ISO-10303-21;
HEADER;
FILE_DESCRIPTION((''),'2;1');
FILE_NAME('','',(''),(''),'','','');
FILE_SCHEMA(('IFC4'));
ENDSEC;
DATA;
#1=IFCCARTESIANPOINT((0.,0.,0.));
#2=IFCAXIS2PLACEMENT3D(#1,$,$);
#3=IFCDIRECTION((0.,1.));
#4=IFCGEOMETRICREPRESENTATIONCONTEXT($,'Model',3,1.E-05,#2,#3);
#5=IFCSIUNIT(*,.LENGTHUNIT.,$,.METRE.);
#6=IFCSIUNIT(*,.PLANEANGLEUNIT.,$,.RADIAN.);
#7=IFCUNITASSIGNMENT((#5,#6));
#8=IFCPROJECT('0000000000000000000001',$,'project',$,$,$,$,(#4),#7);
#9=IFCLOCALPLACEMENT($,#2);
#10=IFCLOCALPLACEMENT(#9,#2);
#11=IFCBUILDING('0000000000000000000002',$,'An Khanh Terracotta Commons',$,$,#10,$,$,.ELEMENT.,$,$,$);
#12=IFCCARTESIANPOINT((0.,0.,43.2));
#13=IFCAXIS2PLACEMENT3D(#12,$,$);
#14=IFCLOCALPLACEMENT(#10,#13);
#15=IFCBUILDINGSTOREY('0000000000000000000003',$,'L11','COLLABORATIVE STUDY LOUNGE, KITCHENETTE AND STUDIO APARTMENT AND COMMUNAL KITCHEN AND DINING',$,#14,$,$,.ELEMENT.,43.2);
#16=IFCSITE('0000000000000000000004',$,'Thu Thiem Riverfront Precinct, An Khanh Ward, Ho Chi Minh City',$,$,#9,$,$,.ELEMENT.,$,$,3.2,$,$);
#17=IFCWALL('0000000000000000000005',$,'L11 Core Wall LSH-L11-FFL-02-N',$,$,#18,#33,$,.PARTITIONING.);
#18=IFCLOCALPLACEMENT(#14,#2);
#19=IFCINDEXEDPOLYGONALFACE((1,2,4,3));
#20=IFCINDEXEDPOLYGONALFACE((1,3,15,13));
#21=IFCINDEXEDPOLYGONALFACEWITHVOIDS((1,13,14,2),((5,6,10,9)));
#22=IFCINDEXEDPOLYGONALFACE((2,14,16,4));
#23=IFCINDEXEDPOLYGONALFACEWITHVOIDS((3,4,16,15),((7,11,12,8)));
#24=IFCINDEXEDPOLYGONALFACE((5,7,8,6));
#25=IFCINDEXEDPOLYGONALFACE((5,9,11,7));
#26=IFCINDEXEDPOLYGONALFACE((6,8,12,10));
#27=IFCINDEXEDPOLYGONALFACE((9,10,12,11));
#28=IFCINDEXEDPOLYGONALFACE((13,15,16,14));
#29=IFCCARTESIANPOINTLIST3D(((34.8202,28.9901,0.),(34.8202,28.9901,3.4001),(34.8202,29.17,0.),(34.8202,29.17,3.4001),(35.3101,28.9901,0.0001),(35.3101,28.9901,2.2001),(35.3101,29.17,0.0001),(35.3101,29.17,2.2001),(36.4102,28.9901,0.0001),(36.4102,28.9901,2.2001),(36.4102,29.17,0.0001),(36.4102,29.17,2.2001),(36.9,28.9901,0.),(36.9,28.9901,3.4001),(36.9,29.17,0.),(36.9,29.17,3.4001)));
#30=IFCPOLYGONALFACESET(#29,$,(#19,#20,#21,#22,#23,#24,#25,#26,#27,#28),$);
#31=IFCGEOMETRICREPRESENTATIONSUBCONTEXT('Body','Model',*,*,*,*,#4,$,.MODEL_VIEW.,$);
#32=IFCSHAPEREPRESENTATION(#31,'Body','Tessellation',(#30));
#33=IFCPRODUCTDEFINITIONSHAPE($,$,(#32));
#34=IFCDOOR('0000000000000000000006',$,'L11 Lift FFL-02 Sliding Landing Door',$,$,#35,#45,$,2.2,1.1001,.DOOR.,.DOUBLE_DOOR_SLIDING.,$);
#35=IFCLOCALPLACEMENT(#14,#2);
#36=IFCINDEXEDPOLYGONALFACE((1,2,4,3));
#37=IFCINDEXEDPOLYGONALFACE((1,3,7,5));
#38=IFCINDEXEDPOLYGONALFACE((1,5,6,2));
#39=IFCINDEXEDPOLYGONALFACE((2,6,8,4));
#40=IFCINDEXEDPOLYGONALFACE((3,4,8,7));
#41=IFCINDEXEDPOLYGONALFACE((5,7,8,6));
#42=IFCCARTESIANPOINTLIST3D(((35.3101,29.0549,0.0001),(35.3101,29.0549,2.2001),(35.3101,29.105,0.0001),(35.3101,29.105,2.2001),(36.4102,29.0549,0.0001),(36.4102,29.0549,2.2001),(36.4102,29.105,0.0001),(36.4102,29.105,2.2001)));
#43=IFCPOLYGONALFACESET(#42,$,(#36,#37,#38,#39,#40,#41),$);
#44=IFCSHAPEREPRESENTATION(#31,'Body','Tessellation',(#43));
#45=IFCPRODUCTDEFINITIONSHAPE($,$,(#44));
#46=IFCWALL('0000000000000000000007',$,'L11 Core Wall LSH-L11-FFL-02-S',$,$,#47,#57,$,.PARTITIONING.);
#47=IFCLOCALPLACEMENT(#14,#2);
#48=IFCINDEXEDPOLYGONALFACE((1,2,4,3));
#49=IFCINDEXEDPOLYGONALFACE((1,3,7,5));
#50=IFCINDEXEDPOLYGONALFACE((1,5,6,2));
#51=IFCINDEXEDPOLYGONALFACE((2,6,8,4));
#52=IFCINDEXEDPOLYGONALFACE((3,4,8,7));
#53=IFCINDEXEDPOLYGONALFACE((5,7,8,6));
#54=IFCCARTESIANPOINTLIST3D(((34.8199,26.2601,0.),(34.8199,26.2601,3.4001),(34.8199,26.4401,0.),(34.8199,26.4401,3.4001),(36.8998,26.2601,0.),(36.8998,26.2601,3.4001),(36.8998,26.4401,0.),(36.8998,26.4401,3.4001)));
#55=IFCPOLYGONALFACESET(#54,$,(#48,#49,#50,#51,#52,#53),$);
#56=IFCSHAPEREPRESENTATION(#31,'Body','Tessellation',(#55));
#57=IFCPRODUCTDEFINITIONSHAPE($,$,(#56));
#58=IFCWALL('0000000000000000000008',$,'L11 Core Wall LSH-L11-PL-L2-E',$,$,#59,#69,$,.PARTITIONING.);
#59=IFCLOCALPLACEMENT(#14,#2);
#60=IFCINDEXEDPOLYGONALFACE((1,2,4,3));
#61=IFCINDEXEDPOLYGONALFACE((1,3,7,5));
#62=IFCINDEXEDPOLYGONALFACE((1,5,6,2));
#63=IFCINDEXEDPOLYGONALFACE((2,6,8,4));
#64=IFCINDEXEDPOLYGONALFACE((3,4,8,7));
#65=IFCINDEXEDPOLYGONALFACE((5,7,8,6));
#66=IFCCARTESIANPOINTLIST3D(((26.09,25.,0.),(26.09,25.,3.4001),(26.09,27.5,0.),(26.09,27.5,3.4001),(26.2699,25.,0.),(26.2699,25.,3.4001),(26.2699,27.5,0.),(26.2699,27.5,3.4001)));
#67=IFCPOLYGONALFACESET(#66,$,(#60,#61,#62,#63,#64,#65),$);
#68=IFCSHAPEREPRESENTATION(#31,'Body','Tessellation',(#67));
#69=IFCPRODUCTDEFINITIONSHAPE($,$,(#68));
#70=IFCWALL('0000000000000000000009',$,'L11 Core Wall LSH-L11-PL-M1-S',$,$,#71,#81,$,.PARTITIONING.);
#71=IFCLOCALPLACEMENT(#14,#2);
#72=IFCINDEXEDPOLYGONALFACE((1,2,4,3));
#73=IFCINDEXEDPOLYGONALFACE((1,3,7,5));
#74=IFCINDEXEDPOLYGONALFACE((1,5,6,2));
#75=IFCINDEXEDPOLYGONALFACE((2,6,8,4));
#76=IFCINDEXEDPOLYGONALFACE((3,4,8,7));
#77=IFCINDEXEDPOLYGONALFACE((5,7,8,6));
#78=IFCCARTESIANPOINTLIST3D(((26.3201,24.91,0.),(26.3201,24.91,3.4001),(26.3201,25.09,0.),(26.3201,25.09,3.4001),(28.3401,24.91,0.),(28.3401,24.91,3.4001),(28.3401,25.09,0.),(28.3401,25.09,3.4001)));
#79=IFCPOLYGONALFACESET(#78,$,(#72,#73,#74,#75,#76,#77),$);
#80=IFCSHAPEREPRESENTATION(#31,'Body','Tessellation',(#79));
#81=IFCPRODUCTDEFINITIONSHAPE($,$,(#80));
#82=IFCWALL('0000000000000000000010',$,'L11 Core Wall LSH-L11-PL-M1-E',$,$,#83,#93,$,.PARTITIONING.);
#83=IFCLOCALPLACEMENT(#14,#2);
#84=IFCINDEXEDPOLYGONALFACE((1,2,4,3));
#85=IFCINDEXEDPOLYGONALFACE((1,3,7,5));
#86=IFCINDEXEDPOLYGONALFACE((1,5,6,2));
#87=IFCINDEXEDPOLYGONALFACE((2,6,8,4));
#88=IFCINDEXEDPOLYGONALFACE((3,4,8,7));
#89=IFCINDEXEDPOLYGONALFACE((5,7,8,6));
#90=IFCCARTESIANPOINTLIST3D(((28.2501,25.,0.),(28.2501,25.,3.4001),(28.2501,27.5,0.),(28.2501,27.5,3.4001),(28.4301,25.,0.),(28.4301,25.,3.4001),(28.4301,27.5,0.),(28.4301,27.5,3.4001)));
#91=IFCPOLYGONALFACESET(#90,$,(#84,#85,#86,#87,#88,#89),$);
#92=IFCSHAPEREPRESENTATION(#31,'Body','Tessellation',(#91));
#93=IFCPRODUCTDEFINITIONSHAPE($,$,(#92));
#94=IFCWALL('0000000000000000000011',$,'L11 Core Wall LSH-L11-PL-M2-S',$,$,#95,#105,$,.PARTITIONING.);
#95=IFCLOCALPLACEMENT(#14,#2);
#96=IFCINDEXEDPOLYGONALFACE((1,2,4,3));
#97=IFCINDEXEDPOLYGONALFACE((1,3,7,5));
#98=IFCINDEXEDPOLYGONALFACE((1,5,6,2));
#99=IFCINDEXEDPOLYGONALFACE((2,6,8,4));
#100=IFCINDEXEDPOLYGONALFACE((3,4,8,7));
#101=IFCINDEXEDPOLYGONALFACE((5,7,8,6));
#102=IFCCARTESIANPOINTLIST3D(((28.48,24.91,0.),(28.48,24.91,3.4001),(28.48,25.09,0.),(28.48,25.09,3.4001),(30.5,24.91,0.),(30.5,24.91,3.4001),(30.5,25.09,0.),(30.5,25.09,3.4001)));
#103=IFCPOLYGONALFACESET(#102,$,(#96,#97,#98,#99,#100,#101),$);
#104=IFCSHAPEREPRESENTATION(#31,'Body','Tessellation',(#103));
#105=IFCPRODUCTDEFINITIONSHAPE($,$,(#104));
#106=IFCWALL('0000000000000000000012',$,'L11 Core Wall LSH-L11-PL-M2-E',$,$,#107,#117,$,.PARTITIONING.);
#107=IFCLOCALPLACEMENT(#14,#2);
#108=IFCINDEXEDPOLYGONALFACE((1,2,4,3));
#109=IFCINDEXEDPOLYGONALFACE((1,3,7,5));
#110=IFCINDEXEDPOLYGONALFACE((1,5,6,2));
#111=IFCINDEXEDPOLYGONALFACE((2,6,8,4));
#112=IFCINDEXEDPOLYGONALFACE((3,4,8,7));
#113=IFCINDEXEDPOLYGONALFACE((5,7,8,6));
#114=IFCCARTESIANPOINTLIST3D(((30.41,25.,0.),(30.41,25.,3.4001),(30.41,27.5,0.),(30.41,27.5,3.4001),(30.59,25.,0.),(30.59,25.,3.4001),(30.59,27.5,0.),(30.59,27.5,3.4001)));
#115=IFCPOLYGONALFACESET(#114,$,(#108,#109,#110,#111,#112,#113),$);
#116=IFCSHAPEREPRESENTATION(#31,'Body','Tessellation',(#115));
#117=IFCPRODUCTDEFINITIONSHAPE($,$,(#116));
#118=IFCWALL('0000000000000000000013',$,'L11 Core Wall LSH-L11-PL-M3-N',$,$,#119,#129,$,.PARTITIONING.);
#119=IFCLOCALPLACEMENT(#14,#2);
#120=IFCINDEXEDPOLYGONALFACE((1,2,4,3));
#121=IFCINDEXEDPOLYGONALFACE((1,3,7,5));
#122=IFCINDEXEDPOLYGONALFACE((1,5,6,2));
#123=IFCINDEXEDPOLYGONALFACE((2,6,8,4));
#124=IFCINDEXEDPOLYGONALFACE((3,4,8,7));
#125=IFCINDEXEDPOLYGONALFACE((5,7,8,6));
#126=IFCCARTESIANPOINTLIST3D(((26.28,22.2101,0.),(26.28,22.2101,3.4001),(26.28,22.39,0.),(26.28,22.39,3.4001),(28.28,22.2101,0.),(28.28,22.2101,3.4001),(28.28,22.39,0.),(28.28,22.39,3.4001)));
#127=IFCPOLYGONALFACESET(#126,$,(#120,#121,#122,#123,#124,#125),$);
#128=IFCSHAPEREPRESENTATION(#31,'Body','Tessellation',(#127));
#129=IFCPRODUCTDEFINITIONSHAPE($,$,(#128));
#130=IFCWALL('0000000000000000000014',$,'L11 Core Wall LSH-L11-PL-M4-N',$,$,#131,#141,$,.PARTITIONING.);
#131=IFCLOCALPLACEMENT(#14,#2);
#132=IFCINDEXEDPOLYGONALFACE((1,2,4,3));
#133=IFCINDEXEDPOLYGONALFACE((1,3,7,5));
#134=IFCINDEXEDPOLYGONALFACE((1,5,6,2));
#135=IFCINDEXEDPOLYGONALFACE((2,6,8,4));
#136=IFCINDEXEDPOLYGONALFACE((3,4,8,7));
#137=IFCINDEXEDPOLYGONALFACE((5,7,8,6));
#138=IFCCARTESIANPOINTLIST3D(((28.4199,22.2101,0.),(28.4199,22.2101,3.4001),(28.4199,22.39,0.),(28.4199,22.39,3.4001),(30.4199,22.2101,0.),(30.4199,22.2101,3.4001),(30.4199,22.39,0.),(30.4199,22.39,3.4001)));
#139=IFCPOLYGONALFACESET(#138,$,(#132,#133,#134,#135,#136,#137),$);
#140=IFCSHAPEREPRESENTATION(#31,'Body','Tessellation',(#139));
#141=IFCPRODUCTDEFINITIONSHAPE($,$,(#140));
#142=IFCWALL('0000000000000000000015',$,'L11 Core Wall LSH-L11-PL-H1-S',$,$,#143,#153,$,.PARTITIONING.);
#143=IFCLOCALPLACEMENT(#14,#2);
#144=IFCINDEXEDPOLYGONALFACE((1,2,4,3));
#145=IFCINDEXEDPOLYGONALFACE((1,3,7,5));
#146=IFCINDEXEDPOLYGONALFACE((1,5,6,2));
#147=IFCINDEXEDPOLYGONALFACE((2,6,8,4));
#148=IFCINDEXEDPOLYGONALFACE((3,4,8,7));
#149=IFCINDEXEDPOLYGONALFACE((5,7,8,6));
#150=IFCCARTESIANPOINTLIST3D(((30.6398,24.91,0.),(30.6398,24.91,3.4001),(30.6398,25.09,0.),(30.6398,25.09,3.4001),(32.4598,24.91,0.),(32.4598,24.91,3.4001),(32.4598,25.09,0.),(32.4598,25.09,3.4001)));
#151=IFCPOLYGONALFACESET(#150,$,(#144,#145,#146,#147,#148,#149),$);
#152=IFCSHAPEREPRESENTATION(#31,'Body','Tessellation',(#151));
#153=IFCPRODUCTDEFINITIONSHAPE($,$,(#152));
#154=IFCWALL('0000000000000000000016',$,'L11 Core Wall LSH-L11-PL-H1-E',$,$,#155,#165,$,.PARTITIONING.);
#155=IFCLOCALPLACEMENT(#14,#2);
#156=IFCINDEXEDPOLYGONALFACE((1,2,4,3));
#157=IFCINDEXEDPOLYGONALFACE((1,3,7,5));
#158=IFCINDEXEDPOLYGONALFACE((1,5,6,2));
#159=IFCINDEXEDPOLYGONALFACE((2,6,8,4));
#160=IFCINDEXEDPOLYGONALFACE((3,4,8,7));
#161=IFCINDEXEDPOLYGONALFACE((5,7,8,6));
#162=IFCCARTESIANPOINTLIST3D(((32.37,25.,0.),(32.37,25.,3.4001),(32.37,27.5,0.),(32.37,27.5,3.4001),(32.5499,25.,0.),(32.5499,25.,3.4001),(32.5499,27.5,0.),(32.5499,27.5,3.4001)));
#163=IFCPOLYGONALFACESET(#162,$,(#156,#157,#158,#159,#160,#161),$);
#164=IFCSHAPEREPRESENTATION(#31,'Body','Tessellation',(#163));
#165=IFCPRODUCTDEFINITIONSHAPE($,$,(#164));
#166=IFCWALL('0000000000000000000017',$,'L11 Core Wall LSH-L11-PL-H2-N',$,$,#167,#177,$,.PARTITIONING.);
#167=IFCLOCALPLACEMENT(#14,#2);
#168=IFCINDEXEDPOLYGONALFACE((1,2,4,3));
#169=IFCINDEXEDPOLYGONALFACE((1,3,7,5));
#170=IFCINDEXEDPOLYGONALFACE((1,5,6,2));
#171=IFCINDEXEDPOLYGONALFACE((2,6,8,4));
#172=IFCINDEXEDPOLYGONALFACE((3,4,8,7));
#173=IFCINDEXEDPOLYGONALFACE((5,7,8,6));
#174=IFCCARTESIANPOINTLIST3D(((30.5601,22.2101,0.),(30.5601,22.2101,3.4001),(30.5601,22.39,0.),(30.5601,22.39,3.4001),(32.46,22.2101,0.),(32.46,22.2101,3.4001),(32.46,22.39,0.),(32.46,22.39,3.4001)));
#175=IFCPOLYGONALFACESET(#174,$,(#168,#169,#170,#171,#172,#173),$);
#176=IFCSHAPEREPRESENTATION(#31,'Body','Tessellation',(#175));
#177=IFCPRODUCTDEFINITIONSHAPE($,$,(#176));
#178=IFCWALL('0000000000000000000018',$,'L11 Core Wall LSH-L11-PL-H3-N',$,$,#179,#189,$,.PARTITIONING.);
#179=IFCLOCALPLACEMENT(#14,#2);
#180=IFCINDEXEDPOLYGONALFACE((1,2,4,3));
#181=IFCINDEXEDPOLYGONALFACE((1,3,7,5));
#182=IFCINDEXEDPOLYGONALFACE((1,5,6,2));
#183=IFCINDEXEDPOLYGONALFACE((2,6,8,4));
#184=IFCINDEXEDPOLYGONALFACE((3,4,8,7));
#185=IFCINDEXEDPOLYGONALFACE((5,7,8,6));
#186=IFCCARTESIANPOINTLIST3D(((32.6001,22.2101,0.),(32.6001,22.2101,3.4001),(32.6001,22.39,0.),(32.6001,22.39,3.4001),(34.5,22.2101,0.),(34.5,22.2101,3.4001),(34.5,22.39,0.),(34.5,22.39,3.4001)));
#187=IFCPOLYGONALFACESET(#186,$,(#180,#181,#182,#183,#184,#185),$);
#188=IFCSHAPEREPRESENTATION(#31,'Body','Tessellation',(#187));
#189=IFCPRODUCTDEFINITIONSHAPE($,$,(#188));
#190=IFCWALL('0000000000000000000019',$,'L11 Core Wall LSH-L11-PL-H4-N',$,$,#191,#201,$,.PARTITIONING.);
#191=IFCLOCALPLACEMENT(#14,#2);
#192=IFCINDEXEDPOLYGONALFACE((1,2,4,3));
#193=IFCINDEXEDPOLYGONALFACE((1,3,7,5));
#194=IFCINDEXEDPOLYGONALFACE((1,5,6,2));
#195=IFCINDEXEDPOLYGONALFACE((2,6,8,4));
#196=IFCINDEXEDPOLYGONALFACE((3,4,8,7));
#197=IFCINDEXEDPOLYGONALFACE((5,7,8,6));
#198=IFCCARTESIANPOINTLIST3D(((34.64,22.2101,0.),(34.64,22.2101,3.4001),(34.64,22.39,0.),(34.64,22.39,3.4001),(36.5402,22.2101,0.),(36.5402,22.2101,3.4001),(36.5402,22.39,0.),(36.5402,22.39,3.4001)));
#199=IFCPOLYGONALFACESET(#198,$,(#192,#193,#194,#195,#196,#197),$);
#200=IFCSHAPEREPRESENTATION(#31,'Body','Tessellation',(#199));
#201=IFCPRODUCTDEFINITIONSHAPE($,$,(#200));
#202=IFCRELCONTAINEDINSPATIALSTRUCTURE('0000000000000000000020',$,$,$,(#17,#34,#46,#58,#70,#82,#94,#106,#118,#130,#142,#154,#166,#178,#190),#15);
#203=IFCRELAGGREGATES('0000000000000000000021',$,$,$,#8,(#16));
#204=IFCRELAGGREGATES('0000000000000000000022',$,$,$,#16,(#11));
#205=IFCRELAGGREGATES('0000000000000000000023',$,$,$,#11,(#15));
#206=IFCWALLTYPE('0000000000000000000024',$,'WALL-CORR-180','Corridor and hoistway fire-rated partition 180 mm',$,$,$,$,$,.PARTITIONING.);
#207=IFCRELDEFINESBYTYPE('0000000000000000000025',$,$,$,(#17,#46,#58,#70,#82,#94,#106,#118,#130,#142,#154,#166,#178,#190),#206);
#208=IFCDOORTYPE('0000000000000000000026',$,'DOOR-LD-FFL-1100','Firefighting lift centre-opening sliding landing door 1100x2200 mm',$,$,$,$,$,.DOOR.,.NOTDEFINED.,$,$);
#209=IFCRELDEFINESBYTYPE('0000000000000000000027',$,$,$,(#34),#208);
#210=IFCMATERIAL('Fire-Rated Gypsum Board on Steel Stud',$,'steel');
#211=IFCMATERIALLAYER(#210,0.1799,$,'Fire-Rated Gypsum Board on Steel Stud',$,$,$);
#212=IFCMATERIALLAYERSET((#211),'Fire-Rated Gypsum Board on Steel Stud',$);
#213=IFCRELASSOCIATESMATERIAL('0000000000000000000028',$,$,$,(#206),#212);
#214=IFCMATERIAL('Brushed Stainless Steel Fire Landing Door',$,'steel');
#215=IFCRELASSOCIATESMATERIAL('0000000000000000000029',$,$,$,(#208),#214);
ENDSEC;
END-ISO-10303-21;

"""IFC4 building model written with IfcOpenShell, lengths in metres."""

from ifc_helpers import new_model, si_unit, direction, frame, frame_2d, origin, place, context, subcontext, project, spatial, rectangle, extrude, material, layer, layer_set, type_object, element, fill, save


model = new_model("IFC4")

# Units and contexts
model_context = context("Model", 3, precision=1e-05, world=origin(), true_north=direction((0.0, 1.0)))
body_context = subcontext(model_context, "Body", "Model", "MODEL_VIEW")
ifc_project = project(units=[si_unit("LENGTHUNIT", "METRE"), si_unit("PLANEANGLEUNIT", "RADIAN")], contexts=[model_context])

# Site, building, storey
site_placement = place(None, origin())
site = spatial("IfcSite", under=ifc_project, at=site_placement, Name="Thu Thiem Riverfront Precinct, An Khanh Ward, Ho Chi Minh City", CompositionType="ELEMENT", RefElevation=3.2)
building_placement = place(site_placement, origin())
building = spatial("IfcBuilding", under=site, at=building_placement, Name="An Khanh Terracotta Commons", CompositionType="ELEMENT")
storey_placement = place(building_placement, frame((0.0, 0.0, 43.2)))
storey = spatial("IfcBuildingStorey", under=building, at=storey_placement, Name="L11", Description="COLLABORATIVE STUDY LOUNGE, KITCHENETTE AND STUDIO APARTMENT AND COMMUNAL KITCHEN AND DINING", CompositionType="ELEMENT", Elevation=43.2)

# Shared definitions
ifc_material_1 = material(Name="Fire-Rated Gypsum Board on Steel Stud", Category="steel")
ifc_layer_1 = layer(ifc_material_1, 0.1799, Name="Fire-Rated Gypsum Board on Steel Stud")
ifc_layer_set_1 = layer_set([ifc_layer_1], Name="Fire-Rated Gypsum Board on Steel Stud")
wall_type_1 = type_object("IfcWallType", Name="WALL-CORR-180", Description="Corridor and hoistway fire-rated partition 180 mm", PredefinedType="PARTITIONING", material=ifc_layer_set_1)

# Shared definitions
ifc_material_2 = material(Name="Brushed Stainless Steel Fire Landing Door", Category="steel")
door_type_1 = type_object("IfcDoorType", Name="DOOR-LD-FFL-1100", Description="Firefighting lift centre-opening sliding landing door 1100x2200 mm", OperationType="NOTDEFINED", PredefinedType="DOOR", material=ifc_material_2)

# Wall, opening, door
wall_1_placement = place(storey_placement, frame((34.8201, 29.0801, 0.0), z_axis=(0.0, 0.0, 1.0), x_axis=(1.0, 0.0, 0.0)))
wall_1 = element("IfcWall", 1, at=wall_1_placement, inside=storey, type_object=wall_type_1, Name="L11 Core Wall LSH-L11-FFL-02-N", PredefinedType="PARTITIONING", context=body_context, shape_type="SweptSolid", body=[
    extrude(rectangle(XDim=2.0798, YDim=0.1799, at=frame_2d((1.04, 0.0))), origin(), (0.0, 0.0, 1.0), 3.4001),
])
opening_1_placement = place(wall_1_placement, frame((0.49, 0.0, 0.0)))
opening_1 = element("IfcOpeningElement", 2, at=opening_1_placement, cuts=wall_1, PredefinedType="OPENING", context=body_context, shape_type="SweptSolid", body=[
    extrude(rectangle(XDim=1.1001, YDim=2.2, at=frame_2d((0.55, 1.1001))), frame((0.0, 0.0999, 0.0), z_axis=(0.0, -1.0, 0.0), x_axis=(1.0, 0.0, 0.0)), (0.0, 0.0, 1.0), 0.2),
])
door_1_placement = place(opening_1_placement, origin())
door_1 = element("IfcDoor", 3, at=door_1_placement, inside=storey, type_object=door_type_1, Name="L11 Lift FFL-02 Sliding Landing Door", OperationType="DOUBLE_DOOR_SLIDING", OverallHeight=2.2, OverallWidth=1.1001, PredefinedType="DOOR", context=body_context, shape_type="SweptSolid", body=[
    extrude(rectangle(XDim=1.1001, YDim=2.2, at=frame_2d((0.55, 1.1001))), frame((0.0, 0.0249, 0.0), z_axis=(0.0, -1.0, 0.0), x_axis=(1.0, 0.0, 0.0)), (0.0, 0.0, 1.0), 0.05),
])
fill(opening_1, door_1)

# Walls
wall_2_placement = place(storey_placement, frame((36.8999, 26.3501, 0.0), z_axis=(0.0, 0.0, 1.0), x_axis=(-1.0, 0.0, 0.0)))
element("IfcWall", 4, at=wall_2_placement, inside=storey, type_object=wall_type_1, Name="L11 Core Wall LSH-L11-FFL-02-S", PredefinedType="PARTITIONING", context=body_context, shape_type="SweptSolid", body=[
    extrude(rectangle(XDim=2.0798, YDim=0.1799, at=frame_2d((1.04, 0.0))), origin(), (0.0, 0.0, 1.0), 3.4001),
])
wall_3_placement = place(storey_placement, frame((26.1799, 25.0, 0.0), z_axis=(0.0, 0.0, 1.0), x_axis=(0.0, 1.0, 0.0)))
element("IfcWall", 5, at=wall_3_placement, inside=storey, type_object=wall_type_1, Name="L11 Core Wall LSH-L11-PL-L2-E", PredefinedType="PARTITIONING", context=body_context, shape_type="SweptSolid", body=[
    extrude(rectangle(XDim=2.5, YDim=0.1799, at=frame_2d((1.25, 0.0))), origin(), (0.0, 0.0, 1.0), 3.4001),
])
wall_4_placement = place(storey_placement, frame((28.3401, 25.0, 0.0), z_axis=(0.0, 0.0, 1.0), x_axis=(-1.0, 0.0, 0.0)))
element("IfcWall", 6, at=wall_4_placement, inside=storey, type_object=wall_type_1, Name="L11 Core Wall LSH-L11-PL-M1-S", PredefinedType="PARTITIONING", context=body_context, shape_type="SweptSolid", body=[
    extrude(rectangle(XDim=2.02, YDim=0.1799, at=frame_2d((1.01, 0.0))), origin(), (0.0, 0.0, 1.0), 3.4001),
])
wall_5_placement = place(storey_placement, frame((28.3401, 25.0, 0.0), z_axis=(0.0, 0.0, 1.0), x_axis=(0.0, 1.0, 0.0)))
element("IfcWall", 7, at=wall_5_placement, inside=storey, type_object=wall_type_1, Name="L11 Core Wall LSH-L11-PL-M1-E", PredefinedType="PARTITIONING", context=body_context, shape_type="SweptSolid", body=[
    extrude(rectangle(XDim=2.5, YDim=0.1799, at=frame_2d((1.25, 0.0))), origin(), (0.0, 0.0, 1.0), 3.4001),
])
wall_6_placement = place(storey_placement, frame((30.5, 25.0, 0.0), z_axis=(0.0, 0.0, 1.0), x_axis=(-1.0, 0.0, 0.0)))
element("IfcWall", 8, at=wall_6_placement, inside=storey, type_object=wall_type_1, Name="L11 Core Wall LSH-L11-PL-M2-S", PredefinedType="PARTITIONING", context=body_context, shape_type="SweptSolid", body=[
    extrude(rectangle(XDim=2.02, YDim=0.1799, at=frame_2d((1.01, 0.0))), origin(), (0.0, 0.0, 1.0), 3.4001),
])
wall_7_placement = place(storey_placement, frame((30.5, 25.0, 0.0), z_axis=(0.0, 0.0, 1.0), x_axis=(0.0, 1.0, 0.0)))
element("IfcWall", 9, at=wall_7_placement, inside=storey, type_object=wall_type_1, Name="L11 Core Wall LSH-L11-PL-M2-E", PredefinedType="PARTITIONING", context=body_context, shape_type="SweptSolid", body=[
    extrude(rectangle(XDim=2.5, YDim=0.1799, at=frame_2d((1.25, 0.0))), origin(), (0.0, 0.0, 1.0), 3.4001),
])
for number, where, z_axis, x_axis, name in (
    (10, (26.28, 22.3, 0.0), (0.0, 0.0, 1.0), (1.0, 0.0, 0.0), "L11 Core Wall LSH-L11-PL-M3-N"),
    (11, (28.4199, 22.3, 0.0), (0.0, 0.0, 1.0), (1.0, 0.0, 0.0), "L11 Core Wall LSH-L11-PL-M4-N"),
):
    element("IfcWall", number, at=place(storey_placement, frame(where, z_axis=z_axis, x_axis=x_axis)), inside=storey, type_object=wall_type_1, Name=name, PredefinedType="PARTITIONING", context=body_context, shape_type="SweptSolid", body=[
        extrude(rectangle(XDim=2.0, YDim=0.1799, at=frame_2d((1.0, 0.0))), origin(), (0.0, 0.0, 1.0), 3.4001),
    ])
wall_8_placement = place(storey_placement, frame((32.46, 25.0, 0.0), z_axis=(0.0, 0.0, 1.0), x_axis=(-1.0, 0.0, 0.0)))
element("IfcWall", 12, at=wall_8_placement, inside=storey, type_object=wall_type_1, Name="L11 Core Wall LSH-L11-PL-H1-S", PredefinedType="PARTITIONING", context=body_context, shape_type="SweptSolid", body=[
    extrude(rectangle(XDim=1.8201, YDim=0.1799, at=frame_2d((0.9102, 0.0))), origin(), (0.0, 0.0, 1.0), 3.4001),
])
wall_9_placement = place(storey_placement, frame((32.46, 25.0, 0.0), z_axis=(0.0, 0.0, 1.0), x_axis=(0.0, 1.0, 0.0)))
element("IfcWall", 13, at=wall_9_placement, inside=storey, type_object=wall_type_1, Name="L11 Core Wall LSH-L11-PL-H1-E", PredefinedType="PARTITIONING", context=body_context, shape_type="SweptSolid", body=[
    extrude(rectangle(XDim=2.5, YDim=0.1799, at=frame_2d((1.25, 0.0))), origin(), (0.0, 0.0, 1.0), 3.4001),
])
for number, where, z_axis, x_axis, name in (
    (14, (30.5601, 22.3, 0.0), (0.0, 0.0, 1.0), (1.0, 0.0, 0.0), "L11 Core Wall LSH-L11-PL-H2-N"),
    (15, (32.6001, 22.3, 0.0), (0.0, 0.0, 1.0), (1.0, 0.0, 0.0), "L11 Core Wall LSH-L11-PL-H3-N"),
):
    element("IfcWall", number, at=place(storey_placement, frame(where, z_axis=z_axis, x_axis=x_axis)), inside=storey, type_object=wall_type_1, Name=name, PredefinedType="PARTITIONING", context=body_context, shape_type="SweptSolid", body=[
        extrude(rectangle(XDim=1.8999, YDim=0.1799, at=frame_2d((0.95, 0.0))), origin(), (0.0, 0.0, 1.0), 3.4001),
    ])
wall_10_placement = place(storey_placement, frame((34.6399, 22.3, 0.0), z_axis=(0.0, 0.0, 1.0), x_axis=(1.0, 0.0, 0.0)))
element("IfcWall", 16, at=wall_10_placement, inside=storey, type_object=wall_type_1, Name="L11 Core Wall LSH-L11-PL-H4-N", PredefinedType="PARTITIONING", context=body_context, shape_type="SweptSolid", body=[
    extrude(rectangle(XDim=1.9001, YDim=0.1799, at=frame_2d((0.9502, 0.0))), origin(), (0.0, 0.0, 1.0), 3.4001),
])

save(model, "model.ifc")
